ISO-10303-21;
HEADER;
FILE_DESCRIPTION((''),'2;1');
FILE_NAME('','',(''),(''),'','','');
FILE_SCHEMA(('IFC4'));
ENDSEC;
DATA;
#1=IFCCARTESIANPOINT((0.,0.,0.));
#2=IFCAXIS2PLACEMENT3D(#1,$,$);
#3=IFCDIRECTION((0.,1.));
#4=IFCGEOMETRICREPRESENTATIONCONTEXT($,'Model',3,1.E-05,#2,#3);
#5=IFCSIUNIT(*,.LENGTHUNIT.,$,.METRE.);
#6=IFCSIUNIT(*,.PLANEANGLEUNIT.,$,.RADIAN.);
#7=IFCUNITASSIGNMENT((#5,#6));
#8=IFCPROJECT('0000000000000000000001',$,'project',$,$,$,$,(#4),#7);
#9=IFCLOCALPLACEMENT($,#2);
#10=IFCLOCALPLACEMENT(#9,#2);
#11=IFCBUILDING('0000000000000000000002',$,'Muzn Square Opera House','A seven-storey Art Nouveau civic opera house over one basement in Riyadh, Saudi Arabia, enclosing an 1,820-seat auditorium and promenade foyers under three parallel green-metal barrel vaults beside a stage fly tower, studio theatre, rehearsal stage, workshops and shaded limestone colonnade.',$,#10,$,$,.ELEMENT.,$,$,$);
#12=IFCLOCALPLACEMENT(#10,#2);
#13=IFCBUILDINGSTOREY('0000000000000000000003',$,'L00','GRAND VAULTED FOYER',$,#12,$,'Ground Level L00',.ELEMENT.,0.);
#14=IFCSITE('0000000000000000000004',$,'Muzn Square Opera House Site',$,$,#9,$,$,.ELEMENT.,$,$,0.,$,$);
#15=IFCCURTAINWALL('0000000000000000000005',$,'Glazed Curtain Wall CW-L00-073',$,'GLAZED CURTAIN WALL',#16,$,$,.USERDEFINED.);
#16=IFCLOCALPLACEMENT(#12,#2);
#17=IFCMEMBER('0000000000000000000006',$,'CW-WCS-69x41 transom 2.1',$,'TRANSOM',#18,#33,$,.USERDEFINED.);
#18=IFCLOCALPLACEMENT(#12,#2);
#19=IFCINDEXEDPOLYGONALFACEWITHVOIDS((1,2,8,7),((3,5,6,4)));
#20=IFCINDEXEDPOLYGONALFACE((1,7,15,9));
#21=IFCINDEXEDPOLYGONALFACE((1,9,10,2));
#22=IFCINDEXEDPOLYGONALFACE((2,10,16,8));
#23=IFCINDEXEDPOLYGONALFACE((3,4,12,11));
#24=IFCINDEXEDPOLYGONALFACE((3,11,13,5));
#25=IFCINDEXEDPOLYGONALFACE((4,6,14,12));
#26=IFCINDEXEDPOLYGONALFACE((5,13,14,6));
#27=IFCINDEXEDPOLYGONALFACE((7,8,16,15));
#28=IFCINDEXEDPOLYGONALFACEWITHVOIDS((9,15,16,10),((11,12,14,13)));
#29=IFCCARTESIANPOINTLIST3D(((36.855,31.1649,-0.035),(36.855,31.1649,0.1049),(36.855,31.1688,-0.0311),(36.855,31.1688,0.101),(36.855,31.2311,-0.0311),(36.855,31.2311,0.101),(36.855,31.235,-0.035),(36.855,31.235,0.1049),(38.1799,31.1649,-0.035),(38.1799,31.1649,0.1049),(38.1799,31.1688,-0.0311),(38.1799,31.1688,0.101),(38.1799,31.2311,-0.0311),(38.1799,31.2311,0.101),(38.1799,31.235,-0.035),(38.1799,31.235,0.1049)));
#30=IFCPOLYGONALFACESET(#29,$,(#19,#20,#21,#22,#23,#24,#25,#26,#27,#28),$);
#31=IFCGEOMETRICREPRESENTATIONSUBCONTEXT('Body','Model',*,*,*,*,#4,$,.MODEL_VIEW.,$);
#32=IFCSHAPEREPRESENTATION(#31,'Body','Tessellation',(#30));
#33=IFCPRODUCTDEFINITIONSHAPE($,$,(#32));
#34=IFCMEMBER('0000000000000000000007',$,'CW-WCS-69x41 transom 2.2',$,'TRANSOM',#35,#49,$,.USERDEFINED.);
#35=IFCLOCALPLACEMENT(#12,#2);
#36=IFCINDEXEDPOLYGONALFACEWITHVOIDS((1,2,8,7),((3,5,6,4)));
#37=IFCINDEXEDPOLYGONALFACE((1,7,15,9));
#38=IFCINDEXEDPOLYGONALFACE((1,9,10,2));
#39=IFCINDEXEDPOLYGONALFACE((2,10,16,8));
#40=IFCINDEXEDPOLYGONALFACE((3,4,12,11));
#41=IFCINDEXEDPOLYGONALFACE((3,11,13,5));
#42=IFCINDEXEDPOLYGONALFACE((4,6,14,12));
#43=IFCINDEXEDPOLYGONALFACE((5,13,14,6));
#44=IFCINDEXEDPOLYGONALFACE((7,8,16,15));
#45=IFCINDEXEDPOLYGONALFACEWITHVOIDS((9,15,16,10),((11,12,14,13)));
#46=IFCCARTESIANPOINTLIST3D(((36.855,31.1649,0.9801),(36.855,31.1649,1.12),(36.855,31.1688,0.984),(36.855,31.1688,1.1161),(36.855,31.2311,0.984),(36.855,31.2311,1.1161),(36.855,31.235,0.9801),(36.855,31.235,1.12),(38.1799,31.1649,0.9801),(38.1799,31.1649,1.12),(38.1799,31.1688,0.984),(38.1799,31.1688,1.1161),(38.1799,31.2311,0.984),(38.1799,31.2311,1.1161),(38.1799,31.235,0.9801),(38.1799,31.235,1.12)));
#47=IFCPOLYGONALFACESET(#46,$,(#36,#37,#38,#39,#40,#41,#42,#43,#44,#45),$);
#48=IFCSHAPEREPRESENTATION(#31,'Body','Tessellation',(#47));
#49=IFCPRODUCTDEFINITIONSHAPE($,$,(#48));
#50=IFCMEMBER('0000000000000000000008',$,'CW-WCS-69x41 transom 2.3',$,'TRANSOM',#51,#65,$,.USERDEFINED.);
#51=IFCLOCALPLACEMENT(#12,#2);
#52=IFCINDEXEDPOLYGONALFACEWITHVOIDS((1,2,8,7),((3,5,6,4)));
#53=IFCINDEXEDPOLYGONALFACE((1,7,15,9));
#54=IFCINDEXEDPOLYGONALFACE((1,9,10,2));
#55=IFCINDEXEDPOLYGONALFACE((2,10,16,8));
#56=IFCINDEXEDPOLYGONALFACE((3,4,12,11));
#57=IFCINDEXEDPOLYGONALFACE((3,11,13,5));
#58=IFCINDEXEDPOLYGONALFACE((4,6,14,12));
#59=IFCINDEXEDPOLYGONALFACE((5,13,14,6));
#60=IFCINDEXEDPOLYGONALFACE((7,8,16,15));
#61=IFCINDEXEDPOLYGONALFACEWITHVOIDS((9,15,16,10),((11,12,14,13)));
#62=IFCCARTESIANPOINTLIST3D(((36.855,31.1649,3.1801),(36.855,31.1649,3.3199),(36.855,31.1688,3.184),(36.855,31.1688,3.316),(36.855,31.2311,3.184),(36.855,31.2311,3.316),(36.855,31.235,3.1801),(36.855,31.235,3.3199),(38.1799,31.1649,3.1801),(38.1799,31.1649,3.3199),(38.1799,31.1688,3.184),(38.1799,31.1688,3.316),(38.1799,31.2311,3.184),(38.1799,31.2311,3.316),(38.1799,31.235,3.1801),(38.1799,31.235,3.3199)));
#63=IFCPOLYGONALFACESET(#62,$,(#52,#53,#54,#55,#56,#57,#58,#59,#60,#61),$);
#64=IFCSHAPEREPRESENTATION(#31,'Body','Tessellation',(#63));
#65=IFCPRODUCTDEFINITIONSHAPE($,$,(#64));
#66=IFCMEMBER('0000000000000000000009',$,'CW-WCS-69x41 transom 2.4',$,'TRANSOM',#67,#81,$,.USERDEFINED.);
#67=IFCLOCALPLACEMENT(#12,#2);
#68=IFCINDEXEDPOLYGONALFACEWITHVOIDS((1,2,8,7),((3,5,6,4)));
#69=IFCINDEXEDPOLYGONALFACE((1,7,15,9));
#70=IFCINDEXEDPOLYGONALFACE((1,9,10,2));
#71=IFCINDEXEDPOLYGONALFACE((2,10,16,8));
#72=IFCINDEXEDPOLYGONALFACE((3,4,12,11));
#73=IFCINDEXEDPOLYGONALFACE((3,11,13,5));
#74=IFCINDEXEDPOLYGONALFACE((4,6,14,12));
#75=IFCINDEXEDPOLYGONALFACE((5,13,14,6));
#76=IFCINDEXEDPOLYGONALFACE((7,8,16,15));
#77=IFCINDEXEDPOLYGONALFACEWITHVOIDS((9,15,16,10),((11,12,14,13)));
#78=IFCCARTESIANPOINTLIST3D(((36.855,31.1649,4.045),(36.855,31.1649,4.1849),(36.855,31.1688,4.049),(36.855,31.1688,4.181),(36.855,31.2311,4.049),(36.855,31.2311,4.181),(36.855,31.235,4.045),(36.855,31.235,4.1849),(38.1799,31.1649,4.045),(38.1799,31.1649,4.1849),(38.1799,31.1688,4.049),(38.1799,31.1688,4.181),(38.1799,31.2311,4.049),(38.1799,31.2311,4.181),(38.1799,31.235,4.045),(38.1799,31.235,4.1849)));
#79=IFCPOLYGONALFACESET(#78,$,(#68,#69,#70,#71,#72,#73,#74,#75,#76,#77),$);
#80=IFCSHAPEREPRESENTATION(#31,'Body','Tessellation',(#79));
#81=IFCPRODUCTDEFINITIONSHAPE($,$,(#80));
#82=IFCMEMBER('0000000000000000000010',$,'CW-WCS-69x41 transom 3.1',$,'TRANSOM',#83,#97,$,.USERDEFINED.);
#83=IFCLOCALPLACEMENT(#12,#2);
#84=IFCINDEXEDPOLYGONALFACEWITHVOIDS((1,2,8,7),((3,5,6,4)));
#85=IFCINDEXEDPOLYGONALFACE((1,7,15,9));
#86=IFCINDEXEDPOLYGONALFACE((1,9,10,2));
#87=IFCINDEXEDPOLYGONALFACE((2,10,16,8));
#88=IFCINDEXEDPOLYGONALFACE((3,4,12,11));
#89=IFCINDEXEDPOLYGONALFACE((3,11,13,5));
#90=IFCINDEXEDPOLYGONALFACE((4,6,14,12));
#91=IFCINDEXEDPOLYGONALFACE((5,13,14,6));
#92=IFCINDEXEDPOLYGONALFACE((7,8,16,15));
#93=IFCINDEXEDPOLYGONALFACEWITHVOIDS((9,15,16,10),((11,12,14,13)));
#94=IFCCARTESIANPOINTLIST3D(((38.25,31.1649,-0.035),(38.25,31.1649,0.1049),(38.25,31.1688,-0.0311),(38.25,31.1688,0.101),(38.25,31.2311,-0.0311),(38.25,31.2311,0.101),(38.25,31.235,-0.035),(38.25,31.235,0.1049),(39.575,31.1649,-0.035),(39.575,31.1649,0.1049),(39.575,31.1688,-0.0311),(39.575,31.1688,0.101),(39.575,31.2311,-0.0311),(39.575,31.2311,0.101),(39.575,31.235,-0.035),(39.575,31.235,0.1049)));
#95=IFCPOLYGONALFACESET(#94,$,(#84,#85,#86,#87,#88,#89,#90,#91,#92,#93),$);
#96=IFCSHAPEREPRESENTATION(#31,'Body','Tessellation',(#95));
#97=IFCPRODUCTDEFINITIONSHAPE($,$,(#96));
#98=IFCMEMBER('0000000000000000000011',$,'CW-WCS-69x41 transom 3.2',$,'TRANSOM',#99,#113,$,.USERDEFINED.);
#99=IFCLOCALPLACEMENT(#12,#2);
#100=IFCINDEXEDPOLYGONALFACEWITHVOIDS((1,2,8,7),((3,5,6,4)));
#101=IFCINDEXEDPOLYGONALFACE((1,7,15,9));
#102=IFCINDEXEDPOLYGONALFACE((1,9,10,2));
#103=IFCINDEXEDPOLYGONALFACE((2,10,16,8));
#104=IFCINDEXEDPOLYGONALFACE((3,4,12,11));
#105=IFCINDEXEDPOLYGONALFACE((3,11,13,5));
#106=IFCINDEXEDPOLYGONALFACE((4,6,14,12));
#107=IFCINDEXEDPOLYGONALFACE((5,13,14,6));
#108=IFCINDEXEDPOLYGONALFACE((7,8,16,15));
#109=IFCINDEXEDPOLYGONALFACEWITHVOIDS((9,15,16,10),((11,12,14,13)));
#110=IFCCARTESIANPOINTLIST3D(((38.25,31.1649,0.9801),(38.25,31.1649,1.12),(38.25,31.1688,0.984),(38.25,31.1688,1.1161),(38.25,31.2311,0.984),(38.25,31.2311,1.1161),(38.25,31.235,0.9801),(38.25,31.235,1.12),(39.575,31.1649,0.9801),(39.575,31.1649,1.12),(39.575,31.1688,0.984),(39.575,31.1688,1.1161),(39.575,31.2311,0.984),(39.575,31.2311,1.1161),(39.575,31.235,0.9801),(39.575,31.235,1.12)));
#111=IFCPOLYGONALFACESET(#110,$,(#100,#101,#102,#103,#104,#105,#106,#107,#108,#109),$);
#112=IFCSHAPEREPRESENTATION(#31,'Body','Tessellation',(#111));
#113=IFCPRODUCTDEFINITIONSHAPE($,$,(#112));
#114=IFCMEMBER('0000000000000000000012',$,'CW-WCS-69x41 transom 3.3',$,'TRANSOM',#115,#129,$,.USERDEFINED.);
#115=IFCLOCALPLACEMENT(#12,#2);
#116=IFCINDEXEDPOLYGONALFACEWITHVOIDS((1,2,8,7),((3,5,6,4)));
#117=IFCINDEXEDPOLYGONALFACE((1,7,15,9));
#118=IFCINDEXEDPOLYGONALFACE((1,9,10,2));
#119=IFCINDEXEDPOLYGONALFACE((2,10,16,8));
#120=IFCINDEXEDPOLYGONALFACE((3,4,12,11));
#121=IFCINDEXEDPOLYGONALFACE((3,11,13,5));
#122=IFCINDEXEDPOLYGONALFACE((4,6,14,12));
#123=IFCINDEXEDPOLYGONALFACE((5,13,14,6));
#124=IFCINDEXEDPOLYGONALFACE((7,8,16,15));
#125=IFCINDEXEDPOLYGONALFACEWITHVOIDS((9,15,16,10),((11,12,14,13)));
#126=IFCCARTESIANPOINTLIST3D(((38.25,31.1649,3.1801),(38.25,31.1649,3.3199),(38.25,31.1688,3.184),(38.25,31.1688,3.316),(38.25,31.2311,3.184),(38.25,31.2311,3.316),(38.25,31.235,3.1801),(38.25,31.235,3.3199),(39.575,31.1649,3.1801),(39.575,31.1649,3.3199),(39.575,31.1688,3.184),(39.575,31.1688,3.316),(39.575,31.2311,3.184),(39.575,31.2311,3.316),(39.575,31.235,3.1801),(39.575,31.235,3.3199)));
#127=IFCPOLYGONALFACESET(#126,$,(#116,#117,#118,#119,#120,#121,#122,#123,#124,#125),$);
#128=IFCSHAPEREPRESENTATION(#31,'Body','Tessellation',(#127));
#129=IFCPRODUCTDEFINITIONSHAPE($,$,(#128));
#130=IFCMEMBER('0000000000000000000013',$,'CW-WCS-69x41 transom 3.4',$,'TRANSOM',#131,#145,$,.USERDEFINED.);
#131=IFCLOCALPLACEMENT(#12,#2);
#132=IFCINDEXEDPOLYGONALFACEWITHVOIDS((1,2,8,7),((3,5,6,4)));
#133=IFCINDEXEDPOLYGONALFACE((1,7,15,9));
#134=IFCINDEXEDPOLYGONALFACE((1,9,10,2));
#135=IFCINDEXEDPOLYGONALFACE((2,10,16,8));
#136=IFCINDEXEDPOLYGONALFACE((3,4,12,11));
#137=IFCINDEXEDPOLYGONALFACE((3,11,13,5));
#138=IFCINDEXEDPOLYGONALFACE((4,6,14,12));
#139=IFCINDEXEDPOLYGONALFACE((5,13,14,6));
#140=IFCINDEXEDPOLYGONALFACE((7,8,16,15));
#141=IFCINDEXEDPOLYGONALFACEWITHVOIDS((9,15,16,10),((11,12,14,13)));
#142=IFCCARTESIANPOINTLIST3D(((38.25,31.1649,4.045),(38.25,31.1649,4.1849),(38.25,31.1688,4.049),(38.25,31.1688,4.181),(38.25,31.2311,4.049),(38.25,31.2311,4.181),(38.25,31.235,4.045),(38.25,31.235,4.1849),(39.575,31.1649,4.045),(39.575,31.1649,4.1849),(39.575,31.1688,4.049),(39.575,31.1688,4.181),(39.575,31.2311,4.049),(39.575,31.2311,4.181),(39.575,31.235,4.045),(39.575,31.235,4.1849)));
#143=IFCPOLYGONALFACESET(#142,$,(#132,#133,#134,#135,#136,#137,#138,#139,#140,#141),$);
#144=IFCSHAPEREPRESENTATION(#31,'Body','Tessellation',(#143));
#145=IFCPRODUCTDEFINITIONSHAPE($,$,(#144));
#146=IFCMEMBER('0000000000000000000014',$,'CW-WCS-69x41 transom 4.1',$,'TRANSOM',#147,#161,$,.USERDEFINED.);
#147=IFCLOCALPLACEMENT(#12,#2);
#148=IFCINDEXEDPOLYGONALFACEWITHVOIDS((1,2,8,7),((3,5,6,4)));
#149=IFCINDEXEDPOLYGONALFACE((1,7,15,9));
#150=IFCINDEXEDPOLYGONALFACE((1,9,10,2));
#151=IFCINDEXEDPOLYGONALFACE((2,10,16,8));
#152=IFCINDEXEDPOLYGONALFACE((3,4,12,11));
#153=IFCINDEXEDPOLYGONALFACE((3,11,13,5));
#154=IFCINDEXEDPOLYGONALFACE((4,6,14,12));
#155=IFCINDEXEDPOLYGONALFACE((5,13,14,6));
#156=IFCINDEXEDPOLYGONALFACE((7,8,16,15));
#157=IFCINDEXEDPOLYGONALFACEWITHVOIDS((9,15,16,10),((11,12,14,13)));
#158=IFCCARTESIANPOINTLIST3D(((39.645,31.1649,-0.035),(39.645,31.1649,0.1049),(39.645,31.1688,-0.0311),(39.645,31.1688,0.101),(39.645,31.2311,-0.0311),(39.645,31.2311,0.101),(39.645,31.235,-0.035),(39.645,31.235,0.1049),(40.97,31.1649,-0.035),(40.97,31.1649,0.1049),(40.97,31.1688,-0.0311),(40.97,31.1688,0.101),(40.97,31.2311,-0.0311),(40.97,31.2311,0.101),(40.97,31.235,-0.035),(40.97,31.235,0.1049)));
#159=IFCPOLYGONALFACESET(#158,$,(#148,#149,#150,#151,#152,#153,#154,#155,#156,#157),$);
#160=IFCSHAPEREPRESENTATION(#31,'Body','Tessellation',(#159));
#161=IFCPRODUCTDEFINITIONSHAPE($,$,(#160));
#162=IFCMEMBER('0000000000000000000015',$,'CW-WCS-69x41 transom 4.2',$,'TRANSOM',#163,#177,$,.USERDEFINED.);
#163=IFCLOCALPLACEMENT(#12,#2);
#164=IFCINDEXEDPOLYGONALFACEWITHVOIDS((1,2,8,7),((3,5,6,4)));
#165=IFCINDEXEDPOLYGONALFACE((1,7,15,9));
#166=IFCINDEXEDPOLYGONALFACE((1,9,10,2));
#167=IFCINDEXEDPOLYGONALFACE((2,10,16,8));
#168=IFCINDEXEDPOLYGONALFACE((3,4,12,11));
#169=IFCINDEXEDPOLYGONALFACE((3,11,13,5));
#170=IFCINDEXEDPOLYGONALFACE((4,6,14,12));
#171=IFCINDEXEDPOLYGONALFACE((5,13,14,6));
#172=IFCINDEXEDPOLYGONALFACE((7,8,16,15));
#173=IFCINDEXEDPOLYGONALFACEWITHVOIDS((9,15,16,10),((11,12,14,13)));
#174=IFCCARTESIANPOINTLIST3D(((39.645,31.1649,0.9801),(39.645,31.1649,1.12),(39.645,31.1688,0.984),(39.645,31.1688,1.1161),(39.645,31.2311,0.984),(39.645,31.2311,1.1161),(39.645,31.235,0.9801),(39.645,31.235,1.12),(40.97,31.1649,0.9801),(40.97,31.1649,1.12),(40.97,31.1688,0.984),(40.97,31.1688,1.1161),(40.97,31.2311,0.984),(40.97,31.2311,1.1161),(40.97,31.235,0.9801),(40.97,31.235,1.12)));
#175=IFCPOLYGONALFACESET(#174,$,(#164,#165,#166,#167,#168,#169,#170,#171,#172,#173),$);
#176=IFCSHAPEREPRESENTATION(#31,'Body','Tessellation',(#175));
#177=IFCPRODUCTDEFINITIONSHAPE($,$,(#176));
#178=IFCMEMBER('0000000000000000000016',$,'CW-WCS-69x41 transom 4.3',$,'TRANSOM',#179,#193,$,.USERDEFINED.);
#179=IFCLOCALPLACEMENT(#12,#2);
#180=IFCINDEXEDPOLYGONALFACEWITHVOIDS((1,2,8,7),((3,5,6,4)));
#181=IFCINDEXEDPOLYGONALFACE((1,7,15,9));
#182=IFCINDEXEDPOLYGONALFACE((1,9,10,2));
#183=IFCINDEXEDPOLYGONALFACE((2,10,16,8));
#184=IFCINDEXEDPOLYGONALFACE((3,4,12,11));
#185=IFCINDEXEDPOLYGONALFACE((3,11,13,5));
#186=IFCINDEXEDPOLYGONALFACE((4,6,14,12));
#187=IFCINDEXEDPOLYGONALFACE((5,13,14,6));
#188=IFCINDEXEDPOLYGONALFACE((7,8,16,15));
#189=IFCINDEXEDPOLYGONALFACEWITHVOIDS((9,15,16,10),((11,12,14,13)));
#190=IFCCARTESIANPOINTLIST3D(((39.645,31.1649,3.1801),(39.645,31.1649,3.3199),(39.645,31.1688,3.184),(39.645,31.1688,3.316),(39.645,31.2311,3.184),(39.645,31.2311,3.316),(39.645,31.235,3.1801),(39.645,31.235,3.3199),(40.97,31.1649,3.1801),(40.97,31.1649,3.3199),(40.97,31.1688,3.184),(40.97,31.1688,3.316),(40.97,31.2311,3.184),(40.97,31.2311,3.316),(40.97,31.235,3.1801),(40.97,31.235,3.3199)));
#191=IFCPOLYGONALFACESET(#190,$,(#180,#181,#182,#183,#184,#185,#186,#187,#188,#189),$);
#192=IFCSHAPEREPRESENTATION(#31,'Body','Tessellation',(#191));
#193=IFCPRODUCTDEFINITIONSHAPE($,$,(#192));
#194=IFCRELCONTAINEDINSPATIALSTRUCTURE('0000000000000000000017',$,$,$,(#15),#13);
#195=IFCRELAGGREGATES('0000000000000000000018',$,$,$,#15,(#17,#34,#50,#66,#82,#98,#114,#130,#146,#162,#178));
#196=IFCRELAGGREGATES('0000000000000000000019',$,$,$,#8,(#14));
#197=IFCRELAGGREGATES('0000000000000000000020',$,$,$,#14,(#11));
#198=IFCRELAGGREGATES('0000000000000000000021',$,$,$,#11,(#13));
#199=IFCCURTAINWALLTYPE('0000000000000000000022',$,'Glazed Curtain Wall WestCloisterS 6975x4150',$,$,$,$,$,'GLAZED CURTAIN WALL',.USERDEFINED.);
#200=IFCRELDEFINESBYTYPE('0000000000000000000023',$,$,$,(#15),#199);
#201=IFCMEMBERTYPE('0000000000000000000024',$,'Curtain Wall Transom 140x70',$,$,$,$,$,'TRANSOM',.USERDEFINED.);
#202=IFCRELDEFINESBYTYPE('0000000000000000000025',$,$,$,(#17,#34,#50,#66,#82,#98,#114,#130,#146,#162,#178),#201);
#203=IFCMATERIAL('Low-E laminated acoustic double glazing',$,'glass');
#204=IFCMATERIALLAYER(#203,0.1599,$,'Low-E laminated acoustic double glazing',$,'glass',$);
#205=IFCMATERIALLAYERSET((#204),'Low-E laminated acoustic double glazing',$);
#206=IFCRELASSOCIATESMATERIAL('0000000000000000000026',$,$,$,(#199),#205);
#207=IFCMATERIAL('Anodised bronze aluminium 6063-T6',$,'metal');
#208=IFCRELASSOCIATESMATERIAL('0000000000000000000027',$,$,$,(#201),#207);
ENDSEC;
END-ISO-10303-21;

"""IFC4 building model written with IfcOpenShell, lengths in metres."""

from ifc_helpers import new_model, si_unit, direction, frame, origin, origin_2d, place, context, subcontext, project, spatial, hollow_rectangle, extrude, material, layer, layer_set, material_profile, profile_set, type_object, element, aggregate, save


model = new_model("IFC4")

# Units and contexts
model_context = context("Model", 3, precision=1e-05, world=origin(), true_north=direction((0.0, 1.0)))
body_context = subcontext(model_context, "Body", "Model", "MODEL_VIEW")
ifc_project = project(units=[si_unit("LENGTHUNIT", "METRE"), si_unit("PLANEANGLEUNIT", "RADIAN")], contexts=[model_context])

# Site, building, storey
site_placement = place(None, origin())
site = spatial("IfcSite", under=ifc_project, at=site_placement, Name="Muzn Square Opera House Site", CompositionType="ELEMENT", RefElevation=0.0)
building_placement = place(site_placement, origin())
building = spatial("IfcBuilding", under=site, at=building_placement, Name="Muzn Square Opera House", Description="A seven-storey Art Nouveau civic opera house over one basement in Riyadh, Saudi Arabia, enclosing an 1,820-seat auditorium and promenade foyers under three parallel green-metal barrel vaults beside a stage fly tower, studio theatre, rehearsal stage, workshops and shaded limestone colonnade.", CompositionType="ELEMENT")
storey_placement = place(building_placement, origin())
storey = spatial("IfcBuildingStorey", under=building, at=storey_placement, Name="L00", Description="GRAND VAULTED FOYER", LongName="Ground Level L00", CompositionType="ELEMENT", Elevation=0.0)

# Shared definitions
ifc_material_1 = material(Name="Low-E laminated acoustic double glazing", Category="glass")
ifc_material_2 = material(Name="Anodised bronze aluminium 6063-T6", Category="metal")

# Curtain wall, members
ifc_layer_1 = layer(ifc_material_1, 0.1599, Name="Low-E laminated acoustic double glazing", Category="glass")
ifc_layer_set_1 = layer_set([ifc_layer_1], Name="Low-E laminated acoustic double glazing")
curtain_wall_type_1 = type_object("IfcCurtainWallType", Name="Glazed Curtain Wall WestCloisterS 6975x4150", ElementType="GLAZED CURTAIN WALL", PredefinedType="USERDEFINED", material=ifc_layer_set_1)
curtain_wall_1_placement = place(storey_placement, origin())
curtain_wall_1 = element("IfcCurtainWall", 1, at=curtain_wall_1_placement, inside=storey, type_object=curtain_wall_type_1, Name="Glazed Curtain Wall CW-L00-073", ObjectType="GLAZED CURTAIN WALL", PredefinedType="USERDEFINED")
ifc_material_profile_1 = material_profile(ifc_material_2, hollow_rectangle(XDim=0.0701, YDim=0.1399, WallThickness=0.0039, at=origin_2d()), Name="ALU 140x70x4", Category="metal")
ifc_profile_set_1 = profile_set([ifc_material_profile_1], Name="Anodised bronze aluminium 6063-T6")
member_type_1 = type_object("IfcMemberType", Name="Curtain Wall Transom 140x70", ElementType="TRANSOM", PredefinedType="USERDEFINED", material=ifc_profile_set_1)
member_1_placement = place(storey_placement, frame((36.855, 31.2, 0.0349), z_axis=(1.0, 0.0, 0.0), x_axis=(0.0, 1.0, 0.0)))
member_1 = element("IfcMember", 2, at=member_1_placement, type_object=member_type_1, Name="CW-WCS-69x41 transom 2.1", ObjectType="TRANSOM", PredefinedType="USERDEFINED", context=body_context, shape_type="SweptSolid", body=[
    extrude(hollow_rectangle(XDim=0.0701, YDim=0.1399, WallThickness=0.0039, at=origin_2d()), origin(), (0.0, 0.0, 1.0), 1.325),
])
member_2_placement = place(storey_placement, frame((36.855, 31.2, 1.05), z_axis=(1.0, 0.0, 0.0), x_axis=(0.0, 1.0, 0.0)))
member_2 = element("IfcMember", 3, at=member_2_placement, type_object=member_type_1, Name="CW-WCS-69x41 transom 2.2", ObjectType="TRANSOM", PredefinedType="USERDEFINED", context=body_context, shape_type="SweptSolid", body=[
    extrude(hollow_rectangle(XDim=0.0701, YDim=0.1399, WallThickness=0.0039, at=origin_2d()), origin(), (0.0, 0.0, 1.0), 1.325),
])
member_3_placement = place(storey_placement, frame((36.855, 31.2, 3.25), z_axis=(1.0, 0.0, 0.0), x_axis=(0.0, 1.0, 0.0)))
member_3 = element("IfcMember", 4, at=member_3_placement, type_object=member_type_1, Name="CW-WCS-69x41 transom 2.3", ObjectType="TRANSOM", PredefinedType="USERDEFINED", context=body_context, shape_type="SweptSolid", body=[
    extrude(hollow_rectangle(XDim=0.0701, YDim=0.1399, WallThickness=0.0039, at=origin_2d()), origin(), (0.0, 0.0, 1.0), 1.325),
])
member_4_placement = place(storey_placement, frame((36.855, 31.2, 4.115), z_axis=(1.0, 0.0, 0.0), x_axis=(0.0, 1.0, 0.0)))
member_4 = element("IfcMember", 5, at=member_4_placement, type_object=member_type_1, Name="CW-WCS-69x41 transom 2.4", ObjectType="TRANSOM", PredefinedType="USERDEFINED", context=body_context, shape_type="SweptSolid", body=[
    extrude(hollow_rectangle(XDim=0.0701, YDim=0.1399, WallThickness=0.0039, at=origin_2d()), origin(), (0.0, 0.0, 1.0), 1.325),
])
member_5_placement = place(storey_placement, frame((38.25, 31.2, 0.0349), z_axis=(1.0, 0.0, 0.0), x_axis=(0.0, 1.0, 0.0)))
member_5 = element("IfcMember", 6, at=member_5_placement, type_object=member_type_1, Name="CW-WCS-69x41 transom 3.1", ObjectType="TRANSOM", PredefinedType="USERDEFINED", context=body_context, shape_type="SweptSolid", body=[
    extrude(hollow_rectangle(XDim=0.0701, YDim=0.1399, WallThickness=0.0039, at=origin_2d()), origin(), (0.0, 0.0, 1.0), 1.325),
])
member_6_placement = place(storey_placement, frame((38.25, 31.2, 1.05), z_axis=(1.0, 0.0, 0.0), x_axis=(0.0, 1.0, 0.0)))
member_6 = element("IfcMember", 7, at=member_6_placement, type_object=member_type_1, Name="CW-WCS-69x41 transom 3.2", ObjectType="TRANSOM", PredefinedType="USERDEFINED", context=body_context, shape_type="SweptSolid", body=[
    extrude(hollow_rectangle(XDim=0.0701, YDim=0.1399, WallThickness=0.0039, at=origin_2d()), origin(), (0.0, 0.0, 1.0), 1.325),
])
member_7_placement = place(storey_placement, frame((38.25, 31.2, 3.25), z_axis=(1.0, 0.0, 0.0), x_axis=(0.0, 1.0, 0.0)))
member_7 = element("IfcMember", 8, at=member_7_placement, type_object=member_type_1, Name="CW-WCS-69x41 transom 3.3", ObjectType="TRANSOM", PredefinedType="USERDEFINED", context=body_context, shape_type="SweptSolid", body=[
    extrude(hollow_rectangle(XDim=0.0701, YDim=0.1399, WallThickness=0.0039, at=origin_2d()), origin(), (0.0, 0.0, 1.0), 1.325),
])
member_8_placement = place(storey_placement, frame((38.25, 31.2, 4.115), z_axis=(1.0, 0.0, 0.0), x_axis=(0.0, 1.0, 0.0)))
member_8 = element("IfcMember", 9, at=member_8_placement, type_object=member_type_1, Name="CW-WCS-69x41 transom 3.4", ObjectType="TRANSOM", PredefinedType="USERDEFINED", context=body_context, shape_type="SweptSolid", body=[
    extrude(hollow_rectangle(XDim=0.0701, YDim=0.1399, WallThickness=0.0039, at=origin_2d()), origin(), (0.0, 0.0, 1.0), 1.325),
])
member_9_placement = place(storey_placement, frame((39.645, 31.2, 0.0349), z_axis=(1.0, 0.0, 0.0), x_axis=(0.0, 1.0, 0.0)))
member_9 = element("IfcMember", 10, at=member_9_placement, type_object=member_type_1, Name="CW-WCS-69x41 transom 4.1", ObjectType="TRANSOM", PredefinedType="USERDEFINED", context=body_context, shape_type="SweptSolid", body=[
    extrude(hollow_rectangle(XDim=0.0701, YDim=0.1399, WallThickness=0.0039, at=origin_2d()), origin(), (0.0, 0.0, 1.0), 1.325),
])
member_10_placement = place(storey_placement, frame((39.645, 31.2, 1.05), z_axis=(1.0, 0.0, 0.0), x_axis=(0.0, 1.0, 0.0)))
member_10 = element("IfcMember", 11, at=member_10_placement, type_object=member_type_1, Name="CW-WCS-69x41 transom 4.2", ObjectType="TRANSOM", PredefinedType="USERDEFINED", context=body_context, shape_type="SweptSolid", body=[
    extrude(hollow_rectangle(XDim=0.0701, YDim=0.1399, WallThickness=0.0039, at=origin_2d()), origin(), (0.0, 0.0, 1.0), 1.325),
])
member_11_placement = place(storey_placement, frame((39.645, 31.2, 3.25), z_axis=(1.0, 0.0, 0.0), x_axis=(0.0, 1.0, 0.0)))
member_11 = element("IfcMember", 12, at=member_11_placement, type_object=member_type_1, Name="CW-WCS-69x41 transom 4.3", ObjectType="TRANSOM", PredefinedType="USERDEFINED", context=body_context, shape_type="SweptSolid", body=[
    extrude(hollow_rectangle(XDim=0.0701, YDim=0.1399, WallThickness=0.0039, at=origin_2d()), origin(), (0.0, 0.0, 1.0), 1.325),
])

aggregate(curtain_wall_1, [member_1, member_2, member_3, member_4, member_5, member_6, member_7, member_8, member_9, member_10, member_11])

save(model, "model.ifc")
